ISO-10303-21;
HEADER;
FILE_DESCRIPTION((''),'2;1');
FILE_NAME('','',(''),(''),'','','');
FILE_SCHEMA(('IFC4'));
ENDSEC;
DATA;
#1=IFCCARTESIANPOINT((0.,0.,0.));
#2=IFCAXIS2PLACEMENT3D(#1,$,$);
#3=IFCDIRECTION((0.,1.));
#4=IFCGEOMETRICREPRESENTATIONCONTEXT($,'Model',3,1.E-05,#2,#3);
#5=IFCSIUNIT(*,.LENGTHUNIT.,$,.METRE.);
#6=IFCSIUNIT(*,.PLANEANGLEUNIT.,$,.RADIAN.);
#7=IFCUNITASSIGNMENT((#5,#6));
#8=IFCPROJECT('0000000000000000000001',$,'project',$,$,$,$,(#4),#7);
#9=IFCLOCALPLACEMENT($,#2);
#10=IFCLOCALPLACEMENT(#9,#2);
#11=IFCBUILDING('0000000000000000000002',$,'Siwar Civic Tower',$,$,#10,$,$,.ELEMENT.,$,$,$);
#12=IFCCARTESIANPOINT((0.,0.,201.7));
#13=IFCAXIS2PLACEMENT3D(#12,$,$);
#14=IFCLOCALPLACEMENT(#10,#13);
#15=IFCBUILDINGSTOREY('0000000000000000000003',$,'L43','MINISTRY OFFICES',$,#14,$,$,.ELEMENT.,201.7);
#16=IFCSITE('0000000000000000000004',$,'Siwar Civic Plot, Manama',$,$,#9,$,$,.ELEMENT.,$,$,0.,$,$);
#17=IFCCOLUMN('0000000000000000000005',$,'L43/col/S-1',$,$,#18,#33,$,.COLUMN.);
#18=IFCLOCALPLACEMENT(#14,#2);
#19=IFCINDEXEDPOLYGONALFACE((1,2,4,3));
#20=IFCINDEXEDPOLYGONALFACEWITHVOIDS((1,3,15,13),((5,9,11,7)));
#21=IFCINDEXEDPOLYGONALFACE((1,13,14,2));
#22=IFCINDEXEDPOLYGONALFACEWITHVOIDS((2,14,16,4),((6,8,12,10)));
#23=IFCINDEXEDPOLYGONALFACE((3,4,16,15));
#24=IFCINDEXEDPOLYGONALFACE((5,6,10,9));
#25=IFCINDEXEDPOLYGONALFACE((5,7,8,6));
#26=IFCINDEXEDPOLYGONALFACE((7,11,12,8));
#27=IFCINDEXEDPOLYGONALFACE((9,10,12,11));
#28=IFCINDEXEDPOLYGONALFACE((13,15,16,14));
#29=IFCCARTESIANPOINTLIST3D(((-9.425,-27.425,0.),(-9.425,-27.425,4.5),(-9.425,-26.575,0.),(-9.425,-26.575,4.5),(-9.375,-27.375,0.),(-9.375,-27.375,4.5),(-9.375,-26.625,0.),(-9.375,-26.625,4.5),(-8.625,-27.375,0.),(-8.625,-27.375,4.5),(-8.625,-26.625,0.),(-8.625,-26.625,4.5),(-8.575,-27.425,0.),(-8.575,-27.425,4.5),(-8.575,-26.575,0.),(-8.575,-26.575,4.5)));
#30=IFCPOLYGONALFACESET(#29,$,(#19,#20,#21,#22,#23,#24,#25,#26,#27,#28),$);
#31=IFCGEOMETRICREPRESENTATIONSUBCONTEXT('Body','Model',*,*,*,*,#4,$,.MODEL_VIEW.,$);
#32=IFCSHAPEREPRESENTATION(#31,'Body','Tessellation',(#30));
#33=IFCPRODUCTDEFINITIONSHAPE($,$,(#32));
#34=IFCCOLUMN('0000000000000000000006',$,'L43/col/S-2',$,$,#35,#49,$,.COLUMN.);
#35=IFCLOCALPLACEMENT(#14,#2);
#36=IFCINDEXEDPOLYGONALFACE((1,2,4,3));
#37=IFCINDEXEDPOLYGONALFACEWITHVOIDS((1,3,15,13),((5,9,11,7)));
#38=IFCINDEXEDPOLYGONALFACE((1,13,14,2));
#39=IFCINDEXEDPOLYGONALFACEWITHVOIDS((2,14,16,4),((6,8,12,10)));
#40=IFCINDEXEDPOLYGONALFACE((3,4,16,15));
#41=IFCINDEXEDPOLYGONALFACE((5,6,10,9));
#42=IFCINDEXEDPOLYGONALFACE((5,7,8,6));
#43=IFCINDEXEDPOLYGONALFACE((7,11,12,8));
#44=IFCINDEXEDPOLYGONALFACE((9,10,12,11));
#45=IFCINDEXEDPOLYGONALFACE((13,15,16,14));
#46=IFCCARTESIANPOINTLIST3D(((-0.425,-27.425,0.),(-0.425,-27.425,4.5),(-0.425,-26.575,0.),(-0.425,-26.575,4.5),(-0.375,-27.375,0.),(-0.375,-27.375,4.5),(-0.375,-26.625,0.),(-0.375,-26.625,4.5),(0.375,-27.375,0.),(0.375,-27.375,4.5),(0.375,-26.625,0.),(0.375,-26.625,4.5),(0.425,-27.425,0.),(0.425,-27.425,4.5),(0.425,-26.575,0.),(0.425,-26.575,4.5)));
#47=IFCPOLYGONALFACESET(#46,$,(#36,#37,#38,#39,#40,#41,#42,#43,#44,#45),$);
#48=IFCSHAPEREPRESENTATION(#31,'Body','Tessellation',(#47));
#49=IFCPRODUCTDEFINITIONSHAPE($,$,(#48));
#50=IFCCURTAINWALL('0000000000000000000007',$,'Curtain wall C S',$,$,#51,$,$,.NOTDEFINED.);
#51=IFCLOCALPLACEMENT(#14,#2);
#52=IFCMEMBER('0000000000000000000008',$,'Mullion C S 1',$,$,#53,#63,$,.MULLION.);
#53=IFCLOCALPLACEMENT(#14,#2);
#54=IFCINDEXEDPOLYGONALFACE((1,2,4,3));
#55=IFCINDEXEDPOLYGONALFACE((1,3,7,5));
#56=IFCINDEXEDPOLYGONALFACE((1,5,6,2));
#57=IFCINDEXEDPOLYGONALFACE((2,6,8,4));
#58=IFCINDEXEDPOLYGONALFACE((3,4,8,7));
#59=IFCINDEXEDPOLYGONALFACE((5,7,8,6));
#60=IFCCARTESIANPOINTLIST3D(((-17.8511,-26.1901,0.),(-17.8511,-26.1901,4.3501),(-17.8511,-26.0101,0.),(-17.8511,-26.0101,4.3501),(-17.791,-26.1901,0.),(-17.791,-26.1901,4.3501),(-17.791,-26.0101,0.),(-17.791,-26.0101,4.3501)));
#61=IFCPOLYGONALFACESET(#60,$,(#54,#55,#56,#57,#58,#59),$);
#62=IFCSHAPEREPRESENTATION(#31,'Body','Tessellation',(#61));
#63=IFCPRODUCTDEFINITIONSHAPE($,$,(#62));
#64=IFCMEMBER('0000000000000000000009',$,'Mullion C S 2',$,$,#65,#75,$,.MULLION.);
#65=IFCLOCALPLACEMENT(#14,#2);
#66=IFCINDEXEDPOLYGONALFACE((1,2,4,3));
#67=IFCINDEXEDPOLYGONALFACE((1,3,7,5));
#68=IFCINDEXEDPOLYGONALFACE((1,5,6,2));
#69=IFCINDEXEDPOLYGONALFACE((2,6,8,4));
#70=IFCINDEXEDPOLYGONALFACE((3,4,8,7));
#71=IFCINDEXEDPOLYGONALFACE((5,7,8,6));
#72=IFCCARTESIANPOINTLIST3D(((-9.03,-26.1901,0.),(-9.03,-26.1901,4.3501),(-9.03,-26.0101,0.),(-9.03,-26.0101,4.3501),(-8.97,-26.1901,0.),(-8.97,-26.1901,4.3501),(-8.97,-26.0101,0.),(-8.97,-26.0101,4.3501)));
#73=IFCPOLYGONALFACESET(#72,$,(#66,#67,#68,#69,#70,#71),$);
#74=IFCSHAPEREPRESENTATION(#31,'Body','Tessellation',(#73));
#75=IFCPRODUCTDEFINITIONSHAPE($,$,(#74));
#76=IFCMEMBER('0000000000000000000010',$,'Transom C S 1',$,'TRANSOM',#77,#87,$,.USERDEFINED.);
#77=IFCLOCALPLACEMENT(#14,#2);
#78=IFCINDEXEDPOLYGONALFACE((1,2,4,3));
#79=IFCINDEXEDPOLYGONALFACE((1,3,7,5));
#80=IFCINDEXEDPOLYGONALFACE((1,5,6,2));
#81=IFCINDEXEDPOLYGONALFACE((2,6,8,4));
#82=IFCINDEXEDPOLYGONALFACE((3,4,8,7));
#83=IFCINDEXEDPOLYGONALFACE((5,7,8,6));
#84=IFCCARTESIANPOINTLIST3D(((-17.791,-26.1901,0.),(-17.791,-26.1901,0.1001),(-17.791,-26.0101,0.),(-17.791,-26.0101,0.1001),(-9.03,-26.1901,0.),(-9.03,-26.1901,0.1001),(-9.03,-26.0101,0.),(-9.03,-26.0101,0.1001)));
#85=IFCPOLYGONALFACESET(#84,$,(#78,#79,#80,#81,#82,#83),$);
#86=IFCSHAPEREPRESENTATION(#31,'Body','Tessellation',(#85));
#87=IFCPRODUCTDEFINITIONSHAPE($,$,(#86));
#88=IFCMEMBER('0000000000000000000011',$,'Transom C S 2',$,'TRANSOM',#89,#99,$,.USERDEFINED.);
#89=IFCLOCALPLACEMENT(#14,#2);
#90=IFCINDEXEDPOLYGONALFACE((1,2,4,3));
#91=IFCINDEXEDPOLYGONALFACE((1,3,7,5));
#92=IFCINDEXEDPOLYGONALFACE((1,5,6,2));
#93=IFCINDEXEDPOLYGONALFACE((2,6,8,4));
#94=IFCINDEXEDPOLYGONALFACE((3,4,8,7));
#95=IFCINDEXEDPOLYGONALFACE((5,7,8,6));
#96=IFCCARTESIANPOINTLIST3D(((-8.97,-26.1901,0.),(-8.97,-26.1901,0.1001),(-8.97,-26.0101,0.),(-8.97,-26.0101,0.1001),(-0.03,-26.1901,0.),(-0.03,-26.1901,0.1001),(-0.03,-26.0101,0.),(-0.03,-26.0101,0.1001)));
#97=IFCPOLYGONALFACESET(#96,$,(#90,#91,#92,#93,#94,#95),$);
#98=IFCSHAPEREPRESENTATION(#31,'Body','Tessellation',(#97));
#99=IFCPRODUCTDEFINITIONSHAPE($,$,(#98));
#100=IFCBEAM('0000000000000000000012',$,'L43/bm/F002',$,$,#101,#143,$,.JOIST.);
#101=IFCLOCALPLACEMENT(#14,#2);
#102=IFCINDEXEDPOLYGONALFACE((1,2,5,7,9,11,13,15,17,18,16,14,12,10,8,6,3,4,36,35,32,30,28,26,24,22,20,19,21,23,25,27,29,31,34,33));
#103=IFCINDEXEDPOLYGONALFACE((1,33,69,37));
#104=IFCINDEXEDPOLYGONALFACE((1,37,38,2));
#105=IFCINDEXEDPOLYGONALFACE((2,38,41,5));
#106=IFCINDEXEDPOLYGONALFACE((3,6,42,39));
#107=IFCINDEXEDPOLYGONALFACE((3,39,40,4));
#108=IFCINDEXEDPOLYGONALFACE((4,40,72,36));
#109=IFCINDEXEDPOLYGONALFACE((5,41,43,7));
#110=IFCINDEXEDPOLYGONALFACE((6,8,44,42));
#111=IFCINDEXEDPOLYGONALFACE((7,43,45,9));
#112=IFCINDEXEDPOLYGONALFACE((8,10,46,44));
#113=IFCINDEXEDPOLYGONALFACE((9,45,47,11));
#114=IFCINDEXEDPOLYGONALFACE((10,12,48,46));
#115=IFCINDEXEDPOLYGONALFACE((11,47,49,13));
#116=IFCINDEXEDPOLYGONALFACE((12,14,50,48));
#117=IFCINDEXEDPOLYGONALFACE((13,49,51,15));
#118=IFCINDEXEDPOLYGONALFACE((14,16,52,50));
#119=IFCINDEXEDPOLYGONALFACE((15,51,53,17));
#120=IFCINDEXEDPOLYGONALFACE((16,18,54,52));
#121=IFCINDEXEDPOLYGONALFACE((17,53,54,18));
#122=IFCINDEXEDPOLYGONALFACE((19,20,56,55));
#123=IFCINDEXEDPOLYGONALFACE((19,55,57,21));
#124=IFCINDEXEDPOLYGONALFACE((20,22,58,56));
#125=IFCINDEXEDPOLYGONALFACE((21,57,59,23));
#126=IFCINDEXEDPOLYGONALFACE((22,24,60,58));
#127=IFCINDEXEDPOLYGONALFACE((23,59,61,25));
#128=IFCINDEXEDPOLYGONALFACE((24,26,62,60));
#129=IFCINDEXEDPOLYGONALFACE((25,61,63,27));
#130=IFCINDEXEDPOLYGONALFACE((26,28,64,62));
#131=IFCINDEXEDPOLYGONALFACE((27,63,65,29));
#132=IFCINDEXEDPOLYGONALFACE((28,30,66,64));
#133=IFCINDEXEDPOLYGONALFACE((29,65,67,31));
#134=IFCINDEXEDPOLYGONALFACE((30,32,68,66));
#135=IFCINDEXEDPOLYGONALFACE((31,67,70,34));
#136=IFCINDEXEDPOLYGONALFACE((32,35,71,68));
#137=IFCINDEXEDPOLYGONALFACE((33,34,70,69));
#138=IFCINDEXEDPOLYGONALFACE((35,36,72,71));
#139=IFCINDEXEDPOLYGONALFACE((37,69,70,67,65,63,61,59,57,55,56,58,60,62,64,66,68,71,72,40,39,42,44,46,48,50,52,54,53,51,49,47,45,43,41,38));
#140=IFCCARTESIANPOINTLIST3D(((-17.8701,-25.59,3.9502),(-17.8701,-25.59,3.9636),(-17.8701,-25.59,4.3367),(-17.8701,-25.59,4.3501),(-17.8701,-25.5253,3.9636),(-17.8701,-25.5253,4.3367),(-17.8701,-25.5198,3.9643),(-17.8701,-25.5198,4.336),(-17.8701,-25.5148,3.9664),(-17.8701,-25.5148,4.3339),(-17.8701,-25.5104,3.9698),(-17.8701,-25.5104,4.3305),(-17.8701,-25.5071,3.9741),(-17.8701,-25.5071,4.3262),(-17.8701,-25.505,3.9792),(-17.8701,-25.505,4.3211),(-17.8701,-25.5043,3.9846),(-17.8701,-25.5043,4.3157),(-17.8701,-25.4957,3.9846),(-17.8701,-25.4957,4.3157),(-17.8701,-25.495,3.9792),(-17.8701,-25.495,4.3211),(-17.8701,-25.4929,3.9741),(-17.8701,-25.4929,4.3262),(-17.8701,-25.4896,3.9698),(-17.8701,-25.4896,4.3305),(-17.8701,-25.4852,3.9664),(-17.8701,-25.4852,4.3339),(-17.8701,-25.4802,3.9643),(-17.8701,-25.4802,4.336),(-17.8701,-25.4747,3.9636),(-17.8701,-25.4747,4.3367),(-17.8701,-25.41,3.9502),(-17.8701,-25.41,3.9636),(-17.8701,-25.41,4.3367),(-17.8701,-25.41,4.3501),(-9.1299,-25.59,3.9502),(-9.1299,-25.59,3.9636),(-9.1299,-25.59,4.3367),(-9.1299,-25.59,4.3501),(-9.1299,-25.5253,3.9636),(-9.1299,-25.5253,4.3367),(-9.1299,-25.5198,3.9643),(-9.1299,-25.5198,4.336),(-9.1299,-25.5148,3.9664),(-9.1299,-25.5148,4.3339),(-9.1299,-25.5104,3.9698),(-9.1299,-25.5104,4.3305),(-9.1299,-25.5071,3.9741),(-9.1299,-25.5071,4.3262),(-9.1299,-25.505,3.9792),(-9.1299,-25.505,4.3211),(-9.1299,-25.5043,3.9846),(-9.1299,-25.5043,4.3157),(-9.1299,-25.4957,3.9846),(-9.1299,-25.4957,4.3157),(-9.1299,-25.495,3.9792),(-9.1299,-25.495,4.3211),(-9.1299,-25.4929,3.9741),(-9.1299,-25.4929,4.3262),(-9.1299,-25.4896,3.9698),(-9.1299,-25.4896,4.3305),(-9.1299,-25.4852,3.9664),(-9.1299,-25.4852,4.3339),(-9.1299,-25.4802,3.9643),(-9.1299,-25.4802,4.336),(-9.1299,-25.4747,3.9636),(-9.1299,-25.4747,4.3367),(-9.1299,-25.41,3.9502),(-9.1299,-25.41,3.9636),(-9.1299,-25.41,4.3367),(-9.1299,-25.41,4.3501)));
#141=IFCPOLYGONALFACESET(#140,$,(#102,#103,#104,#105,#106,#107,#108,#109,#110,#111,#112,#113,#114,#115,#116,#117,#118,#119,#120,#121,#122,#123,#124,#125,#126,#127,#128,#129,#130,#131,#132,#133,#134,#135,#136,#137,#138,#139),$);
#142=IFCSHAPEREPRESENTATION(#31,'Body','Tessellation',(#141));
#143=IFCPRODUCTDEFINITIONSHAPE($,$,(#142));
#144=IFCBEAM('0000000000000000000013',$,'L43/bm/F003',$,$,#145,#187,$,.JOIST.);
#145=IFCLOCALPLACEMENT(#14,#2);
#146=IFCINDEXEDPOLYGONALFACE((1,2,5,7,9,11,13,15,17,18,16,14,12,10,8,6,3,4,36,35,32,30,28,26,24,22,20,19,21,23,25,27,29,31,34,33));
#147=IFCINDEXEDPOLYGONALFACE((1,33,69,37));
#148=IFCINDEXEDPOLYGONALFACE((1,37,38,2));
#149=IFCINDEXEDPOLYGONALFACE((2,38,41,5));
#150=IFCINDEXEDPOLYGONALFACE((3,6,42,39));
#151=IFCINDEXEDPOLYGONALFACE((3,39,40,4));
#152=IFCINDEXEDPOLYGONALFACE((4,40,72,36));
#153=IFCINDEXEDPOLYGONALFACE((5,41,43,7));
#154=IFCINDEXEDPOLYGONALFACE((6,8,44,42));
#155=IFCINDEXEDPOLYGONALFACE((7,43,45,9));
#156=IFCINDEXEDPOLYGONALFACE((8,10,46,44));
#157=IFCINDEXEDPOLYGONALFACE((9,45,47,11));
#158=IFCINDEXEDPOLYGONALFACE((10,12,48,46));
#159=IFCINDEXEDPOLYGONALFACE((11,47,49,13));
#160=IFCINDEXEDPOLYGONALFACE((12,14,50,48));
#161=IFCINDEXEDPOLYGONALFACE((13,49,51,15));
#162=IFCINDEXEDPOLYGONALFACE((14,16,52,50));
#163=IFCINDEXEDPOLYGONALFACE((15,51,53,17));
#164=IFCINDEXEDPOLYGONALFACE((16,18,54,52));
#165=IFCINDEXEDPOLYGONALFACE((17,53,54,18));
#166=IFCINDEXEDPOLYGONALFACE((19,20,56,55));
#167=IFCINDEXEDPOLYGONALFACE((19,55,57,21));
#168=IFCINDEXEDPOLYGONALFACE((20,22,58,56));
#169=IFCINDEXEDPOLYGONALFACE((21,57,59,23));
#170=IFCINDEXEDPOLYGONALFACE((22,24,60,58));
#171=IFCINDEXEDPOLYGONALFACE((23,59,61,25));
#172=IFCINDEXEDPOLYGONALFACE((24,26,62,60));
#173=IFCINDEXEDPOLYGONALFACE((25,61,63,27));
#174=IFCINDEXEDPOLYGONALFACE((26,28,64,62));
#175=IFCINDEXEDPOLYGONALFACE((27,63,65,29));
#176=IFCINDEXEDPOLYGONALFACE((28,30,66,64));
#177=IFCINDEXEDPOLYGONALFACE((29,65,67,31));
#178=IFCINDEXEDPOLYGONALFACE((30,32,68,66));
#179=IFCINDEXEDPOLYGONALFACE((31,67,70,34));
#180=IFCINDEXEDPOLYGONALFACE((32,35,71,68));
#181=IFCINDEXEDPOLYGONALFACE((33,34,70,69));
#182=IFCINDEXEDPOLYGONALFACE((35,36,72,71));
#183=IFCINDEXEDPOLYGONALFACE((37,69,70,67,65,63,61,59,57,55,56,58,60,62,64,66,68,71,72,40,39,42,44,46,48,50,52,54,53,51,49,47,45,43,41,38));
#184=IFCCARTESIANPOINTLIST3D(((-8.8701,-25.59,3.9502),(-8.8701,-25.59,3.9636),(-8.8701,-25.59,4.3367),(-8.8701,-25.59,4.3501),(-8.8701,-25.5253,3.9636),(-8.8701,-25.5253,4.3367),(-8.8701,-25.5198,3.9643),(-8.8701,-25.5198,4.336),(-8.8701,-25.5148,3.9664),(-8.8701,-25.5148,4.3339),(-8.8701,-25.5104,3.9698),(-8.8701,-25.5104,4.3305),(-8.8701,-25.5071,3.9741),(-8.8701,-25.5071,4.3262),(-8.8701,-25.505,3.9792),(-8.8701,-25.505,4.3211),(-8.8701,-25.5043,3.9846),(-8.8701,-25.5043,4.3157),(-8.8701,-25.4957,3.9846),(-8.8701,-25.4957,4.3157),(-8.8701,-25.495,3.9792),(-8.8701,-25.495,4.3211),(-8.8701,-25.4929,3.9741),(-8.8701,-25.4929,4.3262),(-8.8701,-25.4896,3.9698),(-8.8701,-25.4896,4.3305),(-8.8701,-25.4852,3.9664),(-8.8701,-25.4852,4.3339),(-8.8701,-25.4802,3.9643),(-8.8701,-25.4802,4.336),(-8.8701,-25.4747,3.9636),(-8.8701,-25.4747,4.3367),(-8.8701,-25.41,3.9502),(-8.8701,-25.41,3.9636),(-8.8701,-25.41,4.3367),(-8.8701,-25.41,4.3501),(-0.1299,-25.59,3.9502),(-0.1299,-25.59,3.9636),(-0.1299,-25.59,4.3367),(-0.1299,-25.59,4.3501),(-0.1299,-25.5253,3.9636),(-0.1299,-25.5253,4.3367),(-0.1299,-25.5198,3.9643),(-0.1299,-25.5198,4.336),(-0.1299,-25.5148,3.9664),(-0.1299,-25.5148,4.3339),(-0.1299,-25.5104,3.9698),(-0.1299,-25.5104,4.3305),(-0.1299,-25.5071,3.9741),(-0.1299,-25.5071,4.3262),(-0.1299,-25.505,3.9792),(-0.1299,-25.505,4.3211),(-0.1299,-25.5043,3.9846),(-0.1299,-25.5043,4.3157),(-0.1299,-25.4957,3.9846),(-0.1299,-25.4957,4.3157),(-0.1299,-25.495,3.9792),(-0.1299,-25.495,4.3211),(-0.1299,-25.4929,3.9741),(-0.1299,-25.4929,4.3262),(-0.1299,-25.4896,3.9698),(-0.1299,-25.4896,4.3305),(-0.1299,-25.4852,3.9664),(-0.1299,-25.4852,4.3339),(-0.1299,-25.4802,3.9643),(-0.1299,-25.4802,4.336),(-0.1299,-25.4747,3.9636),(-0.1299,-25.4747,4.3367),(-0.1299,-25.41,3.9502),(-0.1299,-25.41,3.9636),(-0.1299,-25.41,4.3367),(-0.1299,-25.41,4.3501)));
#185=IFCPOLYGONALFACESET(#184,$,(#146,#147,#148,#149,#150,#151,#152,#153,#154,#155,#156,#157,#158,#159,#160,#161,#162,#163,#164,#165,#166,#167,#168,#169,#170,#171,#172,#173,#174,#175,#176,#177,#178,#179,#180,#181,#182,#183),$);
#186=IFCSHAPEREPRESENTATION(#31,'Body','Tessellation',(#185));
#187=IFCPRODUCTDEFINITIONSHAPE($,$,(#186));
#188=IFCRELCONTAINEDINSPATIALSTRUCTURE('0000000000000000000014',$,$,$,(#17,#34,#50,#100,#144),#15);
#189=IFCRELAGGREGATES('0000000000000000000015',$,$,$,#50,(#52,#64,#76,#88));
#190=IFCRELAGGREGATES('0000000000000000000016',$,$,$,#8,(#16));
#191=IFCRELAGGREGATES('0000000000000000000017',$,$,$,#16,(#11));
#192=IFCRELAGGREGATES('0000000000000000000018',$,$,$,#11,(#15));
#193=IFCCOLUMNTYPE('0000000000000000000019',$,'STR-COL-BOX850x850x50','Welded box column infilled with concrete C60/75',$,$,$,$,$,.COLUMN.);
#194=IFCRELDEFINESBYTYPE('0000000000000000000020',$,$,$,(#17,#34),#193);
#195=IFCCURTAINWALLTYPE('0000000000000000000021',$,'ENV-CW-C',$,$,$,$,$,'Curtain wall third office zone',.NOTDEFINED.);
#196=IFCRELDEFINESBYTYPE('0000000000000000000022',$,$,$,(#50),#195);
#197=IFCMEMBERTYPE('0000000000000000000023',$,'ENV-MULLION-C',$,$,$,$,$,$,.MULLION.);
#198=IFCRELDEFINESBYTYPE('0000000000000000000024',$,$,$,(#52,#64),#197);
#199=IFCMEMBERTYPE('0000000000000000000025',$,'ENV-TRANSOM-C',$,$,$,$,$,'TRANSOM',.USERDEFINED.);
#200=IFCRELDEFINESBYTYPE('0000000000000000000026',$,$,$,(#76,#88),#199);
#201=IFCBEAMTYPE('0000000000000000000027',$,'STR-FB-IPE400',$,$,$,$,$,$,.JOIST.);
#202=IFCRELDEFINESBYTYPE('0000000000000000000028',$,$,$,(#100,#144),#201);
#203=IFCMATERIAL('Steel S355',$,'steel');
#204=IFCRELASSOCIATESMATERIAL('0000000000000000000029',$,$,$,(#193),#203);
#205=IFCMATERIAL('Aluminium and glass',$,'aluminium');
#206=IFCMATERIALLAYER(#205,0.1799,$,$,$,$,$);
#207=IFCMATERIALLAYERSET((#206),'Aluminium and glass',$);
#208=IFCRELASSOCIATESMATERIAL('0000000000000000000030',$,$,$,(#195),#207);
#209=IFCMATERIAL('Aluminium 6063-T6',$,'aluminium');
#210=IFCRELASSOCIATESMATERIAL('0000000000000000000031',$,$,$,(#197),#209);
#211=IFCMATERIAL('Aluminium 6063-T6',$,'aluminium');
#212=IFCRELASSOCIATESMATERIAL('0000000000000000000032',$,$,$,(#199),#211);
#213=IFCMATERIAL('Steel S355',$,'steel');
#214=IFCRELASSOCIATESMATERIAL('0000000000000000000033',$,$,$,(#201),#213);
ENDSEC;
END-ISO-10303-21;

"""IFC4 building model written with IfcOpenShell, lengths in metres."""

from ifc_helpers import new_model, si_unit, direction, frame, origin, origin_2d, place, context, subcontext, project, spatial, rectangle, hollow_rectangle, i_section, extrude, material, layer, layer_set, material_profile, profile_set, type_object, element, aggregate, save


model = new_model("IFC4")

# Units and contexts
model_context = context("Model", 3, precision=1e-05, world=origin(), true_north=direction((0.0, 1.0)))
body_context = subcontext(model_context, "Body", "Model", "MODEL_VIEW")
ifc_project = project(units=[si_unit("LENGTHUNIT", "METRE"), si_unit("PLANEANGLEUNIT", "RADIAN")], contexts=[model_context])

# Site, building, storey
site_placement = place(None, origin())
site = spatial("IfcSite", under=ifc_project, at=site_placement, Name="Siwar Civic Plot, Manama", CompositionType="ELEMENT", RefElevation=0.0)
building_placement = place(site_placement, origin())
building = spatial("IfcBuilding", under=site, at=building_placement, Name="Siwar Civic Tower", CompositionType="ELEMENT")
storey_placement = place(building_placement, frame((0.0, 0.0, 201.7)))
storey = spatial("IfcBuildingStorey", under=building, at=storey_placement, Name="L43", Description="MINISTRY OFFICES", CompositionType="ELEMENT", Elevation=201.7)

# Columns
ifc_material_1 = material(Name="Steel S355", Category="steel")
ifc_material_profile_1 = material_profile(ifc_material_1, hollow_rectangle(XDim=0.8501, YDim=0.8501, WallThickness=0.05, at=origin_2d()), Name="BOX850x850x50")
ifc_profile_set_1 = profile_set([ifc_material_profile_1], Name="Steel S355")
column_type = type_object("IfcColumnType", Name="STR-COL-BOX850x850x50", Description="Welded box column infilled with concrete C60/75", PredefinedType="COLUMN", material=ifc_profile_set_1)
for number, where, z_axis, x_axis, name in (
    (1, (-9.0, -27.0, 0.0), (0.0, 0.0, 1.0), (1.0, 0.0, 0.0), "L43/col/S-1"),
    (2, (0.0, -27.0, 0.0), (0.0, 0.0, 1.0), (1.0, 0.0, 0.0), "L43/col/S-2"),
):
    element("IfcColumn", number, at=place(storey_placement, frame(where, z_axis=z_axis, x_axis=x_axis)), inside=storey, type_object=column_type, Name=name, PredefinedType="COLUMN", context=body_context, shape_type="SweptSolid", body=[
        extrude(hollow_rectangle(XDim=0.8501, YDim=0.8501, WallThickness=0.05, at=origin_2d()), origin(), (0.0, 0.0, 1.0), 4.5),
    ])

# Curtain wall, members
ifc_material_2 = material(Name="Aluminium and glass", Category="aluminium")
ifc_layer_1 = layer(ifc_material_2, 0.1799)
ifc_layer_set_1 = layer_set([ifc_layer_1], Name="Aluminium and glass")
curtain_wall_type = type_object("IfcCurtainWallType", Name="ENV-CW-C", ElementType="Curtain wall third office zone", PredefinedType="NOTDEFINED", material=ifc_layer_set_1)
curtain_wall_placement = place(storey_placement, origin())
curtain_wall = element("IfcCurtainWall", 3, at=curtain_wall_placement, inside=storey, type_object=curtain_wall_type, Name="Curtain wall C S", PredefinedType="NOTDEFINED")
ifc_material_3 = material(Name="Aluminium 6063-T6", Category="aluminium")
ifc_material_profile_2 = material_profile(ifc_material_3, rectangle(XDim=0.1799, YDim=0.0601, at=origin_2d()), Name="AL 180x60")
ifc_profile_set_2 = profile_set([ifc_material_profile_2], Name="Aluminium 6063-T6")
member_type_1 = type_object("IfcMemberType", Name="ENV-MULLION-C", PredefinedType="MULLION", material=ifc_profile_set_2)
member_1_placement = place(storey_placement, frame((-17.821, -26.1001, 0.0), z_axis=(0.0, 0.0, 1.0), x_axis=(0.0, 1.0, 0.0)))
member_1 = element("IfcMember", 4, at=member_1_placement, type_object=member_type_1, Name="Mullion C S 1", PredefinedType="MULLION", context=body_context, shape_type="SweptSolid", body=[
    extrude(rectangle(XDim=0.1799, YDim=0.0601, at=origin_2d()), origin(), (0.0, 0.0, 1.0), 4.3501),
])
member_2_placement = place(storey_placement, frame((-9.0, -26.1001, 0.0), z_axis=(0.0, 0.0, 1.0), x_axis=(0.0, 1.0, 0.0)))
member_2 = element("IfcMember", 5, at=member_2_placement, type_object=member_type_1, Name="Mullion C S 2", PredefinedType="MULLION", context=body_context, shape_type="SweptSolid", body=[
    extrude(rectangle(XDim=0.1799, YDim=0.0601, at=origin_2d()), origin(), (0.0, 0.0, 1.0), 4.3501),
])
ifc_material_4 = material(Name="Aluminium 6063-T6", Category="aluminium")
ifc_material_profile_3 = material_profile(ifc_material_4, rectangle(XDim=0.1799, YDim=0.1001, at=origin_2d()), Name="AL 180x100")
ifc_profile_set_3 = profile_set([ifc_material_profile_3], Name="Aluminium 6063-T6")
member_type_2 = type_object("IfcMemberType", Name="ENV-TRANSOM-C", ElementType="TRANSOM", PredefinedType="USERDEFINED", material=ifc_profile_set_3)
member_3_placement = place(storey_placement, frame((-17.791, -26.1001, 0.05), z_axis=(1.0, 0.0, 0.0), x_axis=(0.0, 1.0, 0.0)))
member_3 = element("IfcMember", 6, at=member_3_placement, type_object=member_type_2, Name="Transom C S 1", ObjectType="TRANSOM", PredefinedType="USERDEFINED", context=body_context, shape_type="SweptSolid", body=[
    extrude(rectangle(XDim=0.1799, YDim=0.1001, at=origin_2d()), origin(), (0.0, 0.0, 1.0), 8.761),
])
member_4_placement = place(storey_placement, frame((-8.97, -26.1001, 0.05), z_axis=(1.0, 0.0, 0.0), x_axis=(0.0, 1.0, 0.0)))
member_4 = element("IfcMember", 7, at=member_4_placement, type_object=member_type_2, Name="Transom C S 2", ObjectType="TRANSOM", PredefinedType="USERDEFINED", context=body_context, shape_type="SweptSolid", body=[
    extrude(rectangle(XDim=0.1799, YDim=0.1001, at=origin_2d()), origin(), (0.0, 0.0, 1.0), 8.9399),
])

# Beams
ifc_material_5 = material(Name="Steel S355", Category="steel")
ifc_material_profile_4 = material_profile(ifc_material_5, i_section(OverallWidth=0.1799, OverallDepth=0.3999, WebThickness=0.0085, FlangeThickness=0.0134, FilletRadius=0.021, at=origin_2d()), Name="IPE400")
ifc_profile_set_4 = profile_set([ifc_material_profile_4], Name="Steel S355")
beam_type_1 = type_object("IfcBeamType", Name="STR-FB-IPE400", PredefinedType="JOIST", material=ifc_profile_set_4)
for number, where, z_axis, x_axis, name in (
    (8, (-17.8701, -25.5, 4.1501), (1.0, 0.0, 0.0), (0.0, 1.0, 0.0), "L43/bm/F002"),
    (9, (-8.8701, -25.5, 4.1501), (1.0, 0.0, 0.0), (0.0, 1.0, 0.0), "L43/bm/F003"),
):
    element("IfcBeam", number, at=place(storey_placement, frame(where, z_axis=z_axis, x_axis=x_axis)), inside=storey, type_object=beam_type_1, Name=name, PredefinedType="JOIST", context=body_context, shape_type="SweptSolid", body=[
        extrude(i_section(OverallWidth=0.1799, OverallDepth=0.3999, WebThickness=0.0085, FlangeThickness=0.0134, FilletRadius=0.021, at=origin_2d()), origin(), (0.0, 0.0, 1.0), 8.7402),
    ])

aggregate(curtain_wall, [member_1, member_2, member_3, member_4])

save(model, "model.ifc")
